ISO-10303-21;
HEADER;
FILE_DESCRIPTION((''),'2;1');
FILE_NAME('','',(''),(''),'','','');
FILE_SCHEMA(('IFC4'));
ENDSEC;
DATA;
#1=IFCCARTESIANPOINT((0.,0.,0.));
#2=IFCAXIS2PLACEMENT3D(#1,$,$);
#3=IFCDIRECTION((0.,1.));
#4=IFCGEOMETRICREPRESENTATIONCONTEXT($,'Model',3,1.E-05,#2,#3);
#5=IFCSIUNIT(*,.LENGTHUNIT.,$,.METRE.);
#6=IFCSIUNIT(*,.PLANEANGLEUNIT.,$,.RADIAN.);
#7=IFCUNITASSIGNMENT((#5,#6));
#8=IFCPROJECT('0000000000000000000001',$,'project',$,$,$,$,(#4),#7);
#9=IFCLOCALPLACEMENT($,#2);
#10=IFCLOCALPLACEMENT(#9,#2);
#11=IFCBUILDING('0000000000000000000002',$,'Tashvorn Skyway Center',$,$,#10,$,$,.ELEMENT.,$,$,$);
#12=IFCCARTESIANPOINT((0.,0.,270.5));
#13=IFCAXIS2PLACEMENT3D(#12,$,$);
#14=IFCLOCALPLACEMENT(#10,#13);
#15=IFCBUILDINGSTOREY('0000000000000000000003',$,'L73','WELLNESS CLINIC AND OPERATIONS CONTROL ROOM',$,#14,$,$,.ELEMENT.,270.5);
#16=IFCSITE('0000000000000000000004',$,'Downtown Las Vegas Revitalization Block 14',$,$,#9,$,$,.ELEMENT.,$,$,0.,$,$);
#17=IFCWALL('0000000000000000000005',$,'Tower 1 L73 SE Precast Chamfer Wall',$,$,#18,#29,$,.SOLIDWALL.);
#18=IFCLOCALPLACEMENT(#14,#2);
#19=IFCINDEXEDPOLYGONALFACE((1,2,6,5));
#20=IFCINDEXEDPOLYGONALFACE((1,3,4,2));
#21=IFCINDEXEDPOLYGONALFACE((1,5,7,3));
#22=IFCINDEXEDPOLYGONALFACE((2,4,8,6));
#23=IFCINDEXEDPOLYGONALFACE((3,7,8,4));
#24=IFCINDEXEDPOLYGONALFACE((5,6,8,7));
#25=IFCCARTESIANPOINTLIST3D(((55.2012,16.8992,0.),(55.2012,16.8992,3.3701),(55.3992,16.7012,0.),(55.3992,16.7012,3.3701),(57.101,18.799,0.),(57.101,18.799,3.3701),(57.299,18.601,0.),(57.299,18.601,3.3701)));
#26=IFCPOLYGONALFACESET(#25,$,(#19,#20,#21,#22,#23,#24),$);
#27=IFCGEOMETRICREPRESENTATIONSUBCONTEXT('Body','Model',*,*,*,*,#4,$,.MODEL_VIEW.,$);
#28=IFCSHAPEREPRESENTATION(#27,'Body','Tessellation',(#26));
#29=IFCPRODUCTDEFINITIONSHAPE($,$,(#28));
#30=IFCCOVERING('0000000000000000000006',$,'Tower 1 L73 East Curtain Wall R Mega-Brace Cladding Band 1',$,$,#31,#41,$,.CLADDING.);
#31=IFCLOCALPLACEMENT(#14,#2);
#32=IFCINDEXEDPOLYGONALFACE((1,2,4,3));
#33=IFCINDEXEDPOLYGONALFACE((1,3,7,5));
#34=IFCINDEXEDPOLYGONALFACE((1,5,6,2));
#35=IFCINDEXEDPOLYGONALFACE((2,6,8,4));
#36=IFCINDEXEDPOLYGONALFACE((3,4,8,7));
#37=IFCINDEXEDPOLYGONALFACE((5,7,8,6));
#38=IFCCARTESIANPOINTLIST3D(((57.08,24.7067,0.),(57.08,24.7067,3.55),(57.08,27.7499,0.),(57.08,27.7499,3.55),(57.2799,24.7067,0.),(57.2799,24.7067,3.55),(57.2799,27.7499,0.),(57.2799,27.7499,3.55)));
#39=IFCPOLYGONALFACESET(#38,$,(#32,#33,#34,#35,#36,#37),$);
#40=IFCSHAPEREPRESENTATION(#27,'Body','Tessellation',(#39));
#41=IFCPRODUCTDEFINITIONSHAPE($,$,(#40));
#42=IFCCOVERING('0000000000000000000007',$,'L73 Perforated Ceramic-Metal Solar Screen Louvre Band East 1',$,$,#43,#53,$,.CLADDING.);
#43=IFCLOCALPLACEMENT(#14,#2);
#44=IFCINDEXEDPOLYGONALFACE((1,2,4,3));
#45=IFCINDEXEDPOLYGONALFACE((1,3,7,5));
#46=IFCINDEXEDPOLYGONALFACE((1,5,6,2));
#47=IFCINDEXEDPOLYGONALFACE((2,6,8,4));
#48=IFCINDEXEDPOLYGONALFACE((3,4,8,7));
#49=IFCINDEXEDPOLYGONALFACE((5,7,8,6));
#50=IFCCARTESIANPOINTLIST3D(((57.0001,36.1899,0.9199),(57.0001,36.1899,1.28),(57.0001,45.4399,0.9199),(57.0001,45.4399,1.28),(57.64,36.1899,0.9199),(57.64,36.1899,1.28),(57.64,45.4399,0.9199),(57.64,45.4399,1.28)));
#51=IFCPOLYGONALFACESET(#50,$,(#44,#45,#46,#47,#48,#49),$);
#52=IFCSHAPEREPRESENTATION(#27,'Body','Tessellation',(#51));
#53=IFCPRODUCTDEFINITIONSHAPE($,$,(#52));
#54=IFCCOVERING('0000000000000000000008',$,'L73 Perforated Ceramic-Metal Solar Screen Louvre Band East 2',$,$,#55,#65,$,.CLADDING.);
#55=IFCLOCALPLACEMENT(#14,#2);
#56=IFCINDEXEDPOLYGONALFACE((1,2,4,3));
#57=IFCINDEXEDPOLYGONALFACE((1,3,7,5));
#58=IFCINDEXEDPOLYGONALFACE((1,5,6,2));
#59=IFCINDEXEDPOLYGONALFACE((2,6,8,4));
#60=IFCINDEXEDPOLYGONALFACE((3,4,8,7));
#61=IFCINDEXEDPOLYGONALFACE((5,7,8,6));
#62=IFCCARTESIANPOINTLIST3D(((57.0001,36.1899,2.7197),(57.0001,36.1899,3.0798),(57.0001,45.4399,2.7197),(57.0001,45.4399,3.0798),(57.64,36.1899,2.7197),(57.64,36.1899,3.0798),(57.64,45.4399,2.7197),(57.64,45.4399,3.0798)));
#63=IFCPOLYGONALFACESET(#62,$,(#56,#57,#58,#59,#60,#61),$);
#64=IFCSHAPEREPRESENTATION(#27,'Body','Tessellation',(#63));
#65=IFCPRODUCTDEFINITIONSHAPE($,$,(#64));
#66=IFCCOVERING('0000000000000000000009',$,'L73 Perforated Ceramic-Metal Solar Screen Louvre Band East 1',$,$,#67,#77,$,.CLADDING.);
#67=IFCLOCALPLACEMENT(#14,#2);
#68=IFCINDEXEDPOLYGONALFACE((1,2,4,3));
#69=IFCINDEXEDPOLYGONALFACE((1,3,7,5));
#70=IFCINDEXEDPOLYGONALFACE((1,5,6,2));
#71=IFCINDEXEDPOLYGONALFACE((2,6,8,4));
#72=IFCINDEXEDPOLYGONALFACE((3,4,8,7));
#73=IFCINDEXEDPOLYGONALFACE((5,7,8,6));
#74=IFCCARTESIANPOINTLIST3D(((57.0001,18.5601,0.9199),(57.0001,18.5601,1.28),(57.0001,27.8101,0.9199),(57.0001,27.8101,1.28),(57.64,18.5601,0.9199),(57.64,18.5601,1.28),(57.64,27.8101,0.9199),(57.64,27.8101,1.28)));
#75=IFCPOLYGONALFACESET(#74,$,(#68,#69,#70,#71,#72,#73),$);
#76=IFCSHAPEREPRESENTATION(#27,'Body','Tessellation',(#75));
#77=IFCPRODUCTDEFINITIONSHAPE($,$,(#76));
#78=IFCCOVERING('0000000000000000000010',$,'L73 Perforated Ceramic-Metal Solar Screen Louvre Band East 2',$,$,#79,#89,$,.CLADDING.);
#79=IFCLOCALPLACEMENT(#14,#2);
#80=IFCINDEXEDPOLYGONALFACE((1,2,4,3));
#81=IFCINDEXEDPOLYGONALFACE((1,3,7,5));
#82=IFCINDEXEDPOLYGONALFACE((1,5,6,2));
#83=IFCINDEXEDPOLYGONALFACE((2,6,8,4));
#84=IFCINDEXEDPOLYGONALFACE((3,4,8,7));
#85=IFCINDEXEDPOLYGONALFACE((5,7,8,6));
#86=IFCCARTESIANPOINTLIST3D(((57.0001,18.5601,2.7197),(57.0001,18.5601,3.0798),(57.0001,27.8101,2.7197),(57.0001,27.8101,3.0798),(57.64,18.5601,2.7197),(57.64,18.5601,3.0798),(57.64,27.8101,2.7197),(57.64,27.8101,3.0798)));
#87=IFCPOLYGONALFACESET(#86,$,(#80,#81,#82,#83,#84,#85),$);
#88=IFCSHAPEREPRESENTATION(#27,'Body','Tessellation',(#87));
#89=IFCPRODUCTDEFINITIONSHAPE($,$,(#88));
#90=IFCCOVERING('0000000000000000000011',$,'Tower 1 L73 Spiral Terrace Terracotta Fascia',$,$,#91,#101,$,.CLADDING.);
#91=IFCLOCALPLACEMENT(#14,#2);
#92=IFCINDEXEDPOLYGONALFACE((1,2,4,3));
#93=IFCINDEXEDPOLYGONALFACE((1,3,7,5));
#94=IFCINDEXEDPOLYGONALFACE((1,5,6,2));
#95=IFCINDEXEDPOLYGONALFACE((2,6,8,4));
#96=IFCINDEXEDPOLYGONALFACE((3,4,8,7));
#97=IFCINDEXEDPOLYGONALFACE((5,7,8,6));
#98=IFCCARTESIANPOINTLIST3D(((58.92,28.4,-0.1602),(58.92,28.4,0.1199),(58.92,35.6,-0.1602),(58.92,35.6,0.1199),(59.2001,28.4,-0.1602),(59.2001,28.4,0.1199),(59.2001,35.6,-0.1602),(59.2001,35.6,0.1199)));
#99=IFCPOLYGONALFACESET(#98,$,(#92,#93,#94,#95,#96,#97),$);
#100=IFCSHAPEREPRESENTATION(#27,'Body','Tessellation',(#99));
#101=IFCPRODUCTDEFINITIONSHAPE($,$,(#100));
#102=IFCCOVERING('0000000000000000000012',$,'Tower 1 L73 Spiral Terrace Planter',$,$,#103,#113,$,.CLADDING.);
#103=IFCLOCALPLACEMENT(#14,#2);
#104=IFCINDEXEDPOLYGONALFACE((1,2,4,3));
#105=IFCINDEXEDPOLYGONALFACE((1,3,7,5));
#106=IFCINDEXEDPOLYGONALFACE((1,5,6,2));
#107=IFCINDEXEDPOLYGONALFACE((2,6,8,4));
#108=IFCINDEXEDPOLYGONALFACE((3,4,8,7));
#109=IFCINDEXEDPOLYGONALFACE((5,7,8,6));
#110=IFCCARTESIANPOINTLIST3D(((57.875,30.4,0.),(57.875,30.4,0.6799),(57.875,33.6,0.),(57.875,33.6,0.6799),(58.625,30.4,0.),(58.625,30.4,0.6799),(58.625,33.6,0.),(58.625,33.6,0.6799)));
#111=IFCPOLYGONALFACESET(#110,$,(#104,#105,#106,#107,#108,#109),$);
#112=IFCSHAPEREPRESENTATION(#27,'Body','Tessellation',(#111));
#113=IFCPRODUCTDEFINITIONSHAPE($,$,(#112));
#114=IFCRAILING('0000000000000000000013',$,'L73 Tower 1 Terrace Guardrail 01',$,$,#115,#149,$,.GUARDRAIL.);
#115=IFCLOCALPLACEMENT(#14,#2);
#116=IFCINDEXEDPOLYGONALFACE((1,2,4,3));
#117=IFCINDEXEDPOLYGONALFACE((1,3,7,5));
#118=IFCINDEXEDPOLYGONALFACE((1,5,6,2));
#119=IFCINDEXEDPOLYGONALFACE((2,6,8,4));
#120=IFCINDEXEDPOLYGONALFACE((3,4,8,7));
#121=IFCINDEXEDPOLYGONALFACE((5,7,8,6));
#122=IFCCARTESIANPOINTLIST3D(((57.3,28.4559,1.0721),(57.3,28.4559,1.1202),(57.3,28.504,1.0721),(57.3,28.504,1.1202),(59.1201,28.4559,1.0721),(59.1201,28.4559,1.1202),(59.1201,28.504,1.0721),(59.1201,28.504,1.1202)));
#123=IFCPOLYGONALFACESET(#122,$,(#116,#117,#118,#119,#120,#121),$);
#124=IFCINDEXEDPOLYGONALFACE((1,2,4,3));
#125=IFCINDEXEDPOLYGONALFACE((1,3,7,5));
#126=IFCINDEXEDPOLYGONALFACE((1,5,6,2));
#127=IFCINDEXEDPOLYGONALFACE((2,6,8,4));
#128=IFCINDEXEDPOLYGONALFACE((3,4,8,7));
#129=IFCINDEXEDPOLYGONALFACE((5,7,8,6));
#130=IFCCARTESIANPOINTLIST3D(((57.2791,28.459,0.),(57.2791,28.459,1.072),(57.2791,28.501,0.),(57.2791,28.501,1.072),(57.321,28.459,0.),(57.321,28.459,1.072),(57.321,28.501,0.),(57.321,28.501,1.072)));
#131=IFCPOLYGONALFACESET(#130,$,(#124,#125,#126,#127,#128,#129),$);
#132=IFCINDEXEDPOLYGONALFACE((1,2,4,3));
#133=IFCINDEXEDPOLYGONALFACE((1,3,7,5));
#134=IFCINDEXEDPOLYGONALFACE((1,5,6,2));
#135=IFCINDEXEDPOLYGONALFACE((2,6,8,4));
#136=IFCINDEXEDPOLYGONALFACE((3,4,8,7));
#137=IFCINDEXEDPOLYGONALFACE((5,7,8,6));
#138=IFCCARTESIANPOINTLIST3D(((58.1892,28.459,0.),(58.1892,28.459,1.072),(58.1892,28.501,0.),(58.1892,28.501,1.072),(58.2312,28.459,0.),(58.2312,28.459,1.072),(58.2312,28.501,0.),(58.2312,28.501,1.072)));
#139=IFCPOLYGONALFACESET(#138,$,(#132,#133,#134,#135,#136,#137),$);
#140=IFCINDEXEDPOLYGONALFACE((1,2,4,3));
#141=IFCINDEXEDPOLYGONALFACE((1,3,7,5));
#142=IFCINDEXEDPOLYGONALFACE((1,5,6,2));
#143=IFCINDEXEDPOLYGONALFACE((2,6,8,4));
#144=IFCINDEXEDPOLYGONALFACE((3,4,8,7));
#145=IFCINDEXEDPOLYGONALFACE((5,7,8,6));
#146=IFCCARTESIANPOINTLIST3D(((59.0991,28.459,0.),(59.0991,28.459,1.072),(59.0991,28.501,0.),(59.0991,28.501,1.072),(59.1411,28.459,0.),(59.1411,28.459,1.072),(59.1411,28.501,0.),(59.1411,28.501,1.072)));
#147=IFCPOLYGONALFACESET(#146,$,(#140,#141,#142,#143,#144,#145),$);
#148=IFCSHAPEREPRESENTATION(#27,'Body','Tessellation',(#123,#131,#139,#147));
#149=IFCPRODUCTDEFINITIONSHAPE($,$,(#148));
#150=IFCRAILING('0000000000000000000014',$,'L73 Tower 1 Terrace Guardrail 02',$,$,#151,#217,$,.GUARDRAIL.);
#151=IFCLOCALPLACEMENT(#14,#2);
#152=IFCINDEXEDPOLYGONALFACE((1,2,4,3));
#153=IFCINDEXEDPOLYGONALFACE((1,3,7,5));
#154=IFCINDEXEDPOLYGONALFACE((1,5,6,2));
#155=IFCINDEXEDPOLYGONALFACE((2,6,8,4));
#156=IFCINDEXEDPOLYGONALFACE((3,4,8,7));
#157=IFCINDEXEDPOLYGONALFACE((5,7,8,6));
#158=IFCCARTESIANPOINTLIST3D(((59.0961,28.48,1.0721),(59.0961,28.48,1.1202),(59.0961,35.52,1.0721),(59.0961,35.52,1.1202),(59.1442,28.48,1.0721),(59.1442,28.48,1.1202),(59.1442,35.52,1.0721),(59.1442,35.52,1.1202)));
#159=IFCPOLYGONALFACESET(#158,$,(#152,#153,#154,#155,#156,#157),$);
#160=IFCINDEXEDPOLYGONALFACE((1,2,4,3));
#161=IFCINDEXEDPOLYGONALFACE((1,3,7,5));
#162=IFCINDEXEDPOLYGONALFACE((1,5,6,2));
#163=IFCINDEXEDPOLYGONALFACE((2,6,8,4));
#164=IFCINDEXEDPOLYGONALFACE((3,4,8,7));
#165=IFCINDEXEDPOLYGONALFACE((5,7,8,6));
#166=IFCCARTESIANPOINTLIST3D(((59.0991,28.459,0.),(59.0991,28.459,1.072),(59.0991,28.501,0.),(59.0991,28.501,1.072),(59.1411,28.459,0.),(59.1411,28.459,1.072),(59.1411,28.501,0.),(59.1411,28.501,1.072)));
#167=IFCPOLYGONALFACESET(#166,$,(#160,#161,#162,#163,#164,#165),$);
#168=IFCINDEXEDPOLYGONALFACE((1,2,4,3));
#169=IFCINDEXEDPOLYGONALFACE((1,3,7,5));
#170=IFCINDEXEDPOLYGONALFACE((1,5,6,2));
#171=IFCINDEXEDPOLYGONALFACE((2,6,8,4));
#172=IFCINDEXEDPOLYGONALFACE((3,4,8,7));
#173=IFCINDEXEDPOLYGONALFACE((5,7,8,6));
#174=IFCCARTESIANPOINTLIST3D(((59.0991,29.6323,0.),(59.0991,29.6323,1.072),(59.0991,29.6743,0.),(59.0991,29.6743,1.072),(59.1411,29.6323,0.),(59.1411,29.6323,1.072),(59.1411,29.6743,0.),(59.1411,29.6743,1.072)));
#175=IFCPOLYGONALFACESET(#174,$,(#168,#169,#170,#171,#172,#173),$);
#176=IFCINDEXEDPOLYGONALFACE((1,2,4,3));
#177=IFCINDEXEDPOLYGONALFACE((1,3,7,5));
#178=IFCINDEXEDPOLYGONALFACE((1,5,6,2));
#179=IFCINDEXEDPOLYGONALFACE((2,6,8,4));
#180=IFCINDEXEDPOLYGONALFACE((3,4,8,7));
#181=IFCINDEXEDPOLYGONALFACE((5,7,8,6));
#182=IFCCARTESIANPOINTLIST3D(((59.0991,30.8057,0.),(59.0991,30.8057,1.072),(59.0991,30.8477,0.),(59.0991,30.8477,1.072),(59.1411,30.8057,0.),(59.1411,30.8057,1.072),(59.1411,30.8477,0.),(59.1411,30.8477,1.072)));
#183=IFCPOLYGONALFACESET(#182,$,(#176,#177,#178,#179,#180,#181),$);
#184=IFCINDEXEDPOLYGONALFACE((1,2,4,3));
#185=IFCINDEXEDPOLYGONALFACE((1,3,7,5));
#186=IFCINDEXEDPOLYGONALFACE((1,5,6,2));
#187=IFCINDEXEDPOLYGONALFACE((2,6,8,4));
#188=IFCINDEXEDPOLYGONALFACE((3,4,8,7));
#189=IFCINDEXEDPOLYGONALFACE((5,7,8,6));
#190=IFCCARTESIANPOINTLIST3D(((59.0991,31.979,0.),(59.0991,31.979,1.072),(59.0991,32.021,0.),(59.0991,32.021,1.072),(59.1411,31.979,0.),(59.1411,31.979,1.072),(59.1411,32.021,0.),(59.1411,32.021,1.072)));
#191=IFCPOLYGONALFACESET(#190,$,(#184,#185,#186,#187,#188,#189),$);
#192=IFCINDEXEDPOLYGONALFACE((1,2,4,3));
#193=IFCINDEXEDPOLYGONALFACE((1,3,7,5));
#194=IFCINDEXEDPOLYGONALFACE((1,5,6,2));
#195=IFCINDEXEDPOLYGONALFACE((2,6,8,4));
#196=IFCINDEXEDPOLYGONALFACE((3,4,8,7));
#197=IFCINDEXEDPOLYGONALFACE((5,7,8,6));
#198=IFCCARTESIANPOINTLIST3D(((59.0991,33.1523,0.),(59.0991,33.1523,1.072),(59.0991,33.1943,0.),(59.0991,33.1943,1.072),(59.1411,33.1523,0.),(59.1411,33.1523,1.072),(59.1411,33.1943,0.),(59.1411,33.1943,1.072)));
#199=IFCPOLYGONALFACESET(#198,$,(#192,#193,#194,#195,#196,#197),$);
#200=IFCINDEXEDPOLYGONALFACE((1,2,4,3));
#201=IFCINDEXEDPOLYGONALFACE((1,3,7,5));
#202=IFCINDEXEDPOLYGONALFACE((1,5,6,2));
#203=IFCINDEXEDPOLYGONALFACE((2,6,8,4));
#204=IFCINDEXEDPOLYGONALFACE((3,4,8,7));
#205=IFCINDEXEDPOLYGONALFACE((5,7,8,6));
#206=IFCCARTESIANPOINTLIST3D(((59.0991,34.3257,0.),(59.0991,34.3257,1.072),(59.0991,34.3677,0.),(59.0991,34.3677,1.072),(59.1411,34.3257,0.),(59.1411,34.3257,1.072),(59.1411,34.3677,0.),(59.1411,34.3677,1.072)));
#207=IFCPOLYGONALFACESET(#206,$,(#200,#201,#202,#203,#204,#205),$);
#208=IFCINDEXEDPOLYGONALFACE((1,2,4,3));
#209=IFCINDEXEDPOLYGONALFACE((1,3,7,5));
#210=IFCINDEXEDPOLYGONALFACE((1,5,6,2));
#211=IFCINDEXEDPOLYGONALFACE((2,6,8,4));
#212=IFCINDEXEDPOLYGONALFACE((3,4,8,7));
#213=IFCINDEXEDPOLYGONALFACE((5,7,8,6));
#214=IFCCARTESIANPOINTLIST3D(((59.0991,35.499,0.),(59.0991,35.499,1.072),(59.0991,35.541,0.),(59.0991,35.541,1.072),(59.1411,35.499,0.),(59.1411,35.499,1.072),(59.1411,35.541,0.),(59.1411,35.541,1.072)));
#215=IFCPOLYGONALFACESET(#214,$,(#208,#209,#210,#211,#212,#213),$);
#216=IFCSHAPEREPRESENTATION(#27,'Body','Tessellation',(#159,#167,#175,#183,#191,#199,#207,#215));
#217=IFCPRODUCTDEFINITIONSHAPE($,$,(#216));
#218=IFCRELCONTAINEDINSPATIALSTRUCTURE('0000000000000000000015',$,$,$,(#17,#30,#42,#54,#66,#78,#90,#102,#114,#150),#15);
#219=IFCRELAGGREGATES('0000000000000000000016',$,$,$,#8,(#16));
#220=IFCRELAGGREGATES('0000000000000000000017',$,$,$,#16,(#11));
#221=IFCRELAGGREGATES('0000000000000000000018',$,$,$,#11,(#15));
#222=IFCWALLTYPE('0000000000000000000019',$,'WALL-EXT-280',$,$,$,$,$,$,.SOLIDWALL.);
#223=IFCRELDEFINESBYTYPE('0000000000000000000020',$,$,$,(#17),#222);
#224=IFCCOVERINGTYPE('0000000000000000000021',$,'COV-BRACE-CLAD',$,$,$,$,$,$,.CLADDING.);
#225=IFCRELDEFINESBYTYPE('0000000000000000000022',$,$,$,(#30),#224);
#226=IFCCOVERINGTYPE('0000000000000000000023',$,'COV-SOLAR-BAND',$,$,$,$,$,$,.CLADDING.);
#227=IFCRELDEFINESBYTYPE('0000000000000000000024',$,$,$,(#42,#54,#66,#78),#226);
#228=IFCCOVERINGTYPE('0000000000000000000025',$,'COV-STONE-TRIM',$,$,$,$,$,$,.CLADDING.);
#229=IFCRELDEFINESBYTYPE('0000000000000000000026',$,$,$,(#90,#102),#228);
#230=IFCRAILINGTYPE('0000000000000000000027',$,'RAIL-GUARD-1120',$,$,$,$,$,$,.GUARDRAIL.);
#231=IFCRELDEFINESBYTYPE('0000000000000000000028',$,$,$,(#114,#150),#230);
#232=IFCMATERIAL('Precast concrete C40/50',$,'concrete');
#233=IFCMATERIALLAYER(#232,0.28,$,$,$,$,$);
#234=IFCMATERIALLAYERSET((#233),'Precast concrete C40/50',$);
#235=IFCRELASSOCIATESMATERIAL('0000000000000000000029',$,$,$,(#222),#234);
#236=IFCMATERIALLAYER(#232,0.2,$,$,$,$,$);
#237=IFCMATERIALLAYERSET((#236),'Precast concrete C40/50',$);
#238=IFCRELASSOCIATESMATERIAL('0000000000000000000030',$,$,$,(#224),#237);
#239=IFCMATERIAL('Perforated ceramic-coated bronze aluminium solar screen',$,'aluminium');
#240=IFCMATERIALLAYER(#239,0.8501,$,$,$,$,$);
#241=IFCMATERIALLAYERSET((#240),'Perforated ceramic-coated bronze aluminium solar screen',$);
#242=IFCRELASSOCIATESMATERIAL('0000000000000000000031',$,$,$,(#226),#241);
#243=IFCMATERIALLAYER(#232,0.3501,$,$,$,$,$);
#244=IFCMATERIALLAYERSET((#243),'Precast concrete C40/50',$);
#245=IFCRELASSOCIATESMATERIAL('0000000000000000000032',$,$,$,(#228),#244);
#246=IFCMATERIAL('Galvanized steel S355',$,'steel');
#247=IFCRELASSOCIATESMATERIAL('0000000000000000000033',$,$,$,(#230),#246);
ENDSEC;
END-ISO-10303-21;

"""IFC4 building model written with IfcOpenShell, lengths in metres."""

from ifc_helpers import new_model, si_unit, direction, frame, frame_2d, origin, origin_2d, place, context, subcontext, project, spatial, rectangle, extrude, material, layer, layer_set, type_object, element, save


model = new_model("IFC4")

# Units and contexts
model_context = context("Model", 3, precision=1e-05, world=origin(), true_north=direction((0.0, 1.0)))
body_context = subcontext(model_context, "Body", "Model", "MODEL_VIEW")
ifc_project = project(units=[si_unit("LENGTHUNIT", "METRE"), si_unit("PLANEANGLEUNIT", "RADIAN")], contexts=[model_context])

# Site, building, storey
site_placement = place(None, origin())
site = spatial("IfcSite", under=ifc_project, at=site_placement, Name="Downtown Las Vegas Revitalization Block 14", CompositionType="ELEMENT", RefElevation=0.0)
building_placement = place(site_placement, origin())
building = spatial("IfcBuilding", under=site, at=building_placement, Name="Tashvorn Skyway Center", CompositionType="ELEMENT")
storey_placement = place(building_placement, frame((0.0, 0.0, 270.5)))
storey = spatial("IfcBuildingStorey", under=building, at=storey_placement, Name="L73", Description="WELLNESS CLINIC AND OPERATIONS CONTROL ROOM", CompositionType="ELEMENT", Elevation=270.5)

# Shared definitions
ifc_material_1 = material(Name="Perforated ceramic-coated bronze aluminium solar screen", Category="aluminium")

# Shared definitions
ifc_material_2 = material(Name="Precast concrete C40/50", Category="concrete")
ifc_layer_1 = layer(ifc_material_2, 0.28)
ifc_layer_set_1 = layer_set([ifc_layer_1], Name="Precast concrete C40/50")
wall_type = type_object("IfcWallType", Name="WALL-EXT-280", PredefinedType="SOLIDWALL", material=ifc_layer_set_1)

# Wall
wall_1_placement = place(storey_placement, frame((57.2, 18.7, 0.0), z_axis=(0.0, 0.0, 1.0), x_axis=(-0.707107, -0.707107, 0.0)))
element("IfcWall", 1, at=wall_1_placement, inside=storey, type_object=wall_type, Name="Tower 1 L73 SE Precast Chamfer Wall", PredefinedType="SOLIDWALL", context=body_context, shape_type="SweptSolid", body=[
    extrude(rectangle(XDim=2.6868, YDim=0.28, at=frame_2d((1.3433, 0.0))), origin(), (0.0, 0.0, 1.0), 3.3701),
])

# Coverings
ifc_layer_2 = layer(ifc_material_2, 0.2)
ifc_layer_set_2 = layer_set([ifc_layer_2], Name="Precast concrete C40/50")
covering_type_1 = type_object("IfcCoveringType", Name="COV-BRACE-CLAD", PredefinedType="CLADDING", material=ifc_layer_set_2)
covering_1_placement = place(storey_placement, frame((57.1799, 26.2283, 0.0), z_axis=(0.0, 0.0, 1.0), x_axis=(0.0, -1.0, 0.0)))
element("IfcCovering", 2, at=covering_1_placement, inside=storey, type_object=covering_type_1, Name="Tower 1 L73 East Curtain Wall R Mega-Brace Cladding Band 1", PredefinedType="CLADDING", context=body_context, shape_type="SweptSolid", body=[
    extrude(rectangle(XDim=3.0432, YDim=0.2, at=origin_2d()), origin(), (0.0, 0.0, 1.0), 3.55),
])
ifc_layer_3 = layer(ifc_material_1, 0.8501)
ifc_layer_set_3 = layer_set([ifc_layer_3], Name="Perforated ceramic-coated bronze aluminium solar screen")
covering_type_2 = type_object("IfcCoveringType", Name="COV-SOLAR-BAND", PredefinedType="CLADDING", material=ifc_layer_set_3)
for number, where, z_axis, x_axis, name in (
    (3, (57.3201, 40.8149, 0.9199), (0.0, 0.0, 1.0), (0.0, -1.0, 0.0), "L73 Perforated Ceramic-Metal Solar Screen Louvre Band East 1"),
    (4, (57.3201, 40.8149, 2.7197), (0.0, 0.0, 1.0), (0.0, -1.0, 0.0), "L73 Perforated Ceramic-Metal Solar Screen Louvre Band East 2"),
    (5, (57.3201, 23.1851, 0.9199), (0.0, 0.0, 1.0), (0.0, -1.0, 0.0), "L73 Perforated Ceramic-Metal Solar Screen Louvre Band East 1"),
    (6, (57.3201, 23.1851, 2.7197), (0.0, 0.0, 1.0), (0.0, -1.0, 0.0), "L73 Perforated Ceramic-Metal Solar Screen Louvre Band East 2"),
):
    element("IfcCovering", number, at=place(storey_placement, frame(where, z_axis=z_axis, x_axis=x_axis)), inside=storey, type_object=covering_type_2, Name=name, PredefinedType="CLADDING", context=body_context, shape_type="SweptSolid", body=[
        extrude(rectangle(XDim=9.25, YDim=0.6399, at=origin_2d()), origin(), (0.0, 0.0, 1.0), 0.3601),
    ])
ifc_layer_4 = layer(ifc_material_2, 0.3501)
ifc_layer_set_4 = layer_set([ifc_layer_4], Name="Precast concrete C40/50")
covering_type_3 = type_object("IfcCoveringType", Name="COV-STONE-TRIM", PredefinedType="CLADDING", material=ifc_layer_set_4)
covering_2_placement = place(storey_placement, frame((59.0601, 32.0, -0.1602), z_axis=(0.0, 0.0, 1.0), x_axis=(0.0, -1.0, 0.0)))
element("IfcCovering", 7, at=covering_2_placement, inside=storey, type_object=covering_type_3, Name="Tower 1 L73 Spiral Terrace Terracotta Fascia", PredefinedType="CLADDING", context=body_context, shape_type="SweptSolid", body=[
    extrude(rectangle(XDim=7.2, YDim=0.28, at=origin_2d()), origin(), (0.0, 0.0, 1.0), 0.28),
])
covering_3_placement = place(storey_placement, frame((58.25, 32.0, 0.0), z_axis=(0.0, 0.0, 1.0), x_axis=(0.0, -1.0, 0.0)))
element("IfcCovering", 8, at=covering_3_placement, inside=storey, type_object=covering_type_3, Name="Tower 1 L73 Spiral Terrace Planter", PredefinedType="CLADDING", context=body_context, shape_type="SweptSolid", body=[
    extrude(rectangle(XDim=3.2, YDim=0.75, at=origin_2d()), origin(), (0.0, 0.0, 1.0), 0.6799),
])

# Railings
ifc_material_3 = material(Name="Galvanized steel S355", Category="steel")
railing_type = type_object("IfcRailingType", Name="RAIL-GUARD-1120", PredefinedType="GUARDRAIL", material=ifc_material_3)
railing_1_placement = place(storey_placement, frame((57.3, 28.48, 0.0)))
element("IfcRailing", 9, at=railing_1_placement, inside=storey, type_object=railing_type, Name="L73 Tower 1 Terrace Guardrail 01", PredefinedType="GUARDRAIL", context=body_context, shape_type="SweptSolid", body=[
    extrude(rectangle(XDim=0.0481, YDim=0.0481, at=origin_2d()), frame((0.0, 0.0, 1.0962), z_axis=(1.0, 0.0, 0.0), x_axis=(0.0, 1.0, 0.0)), (0.0, 0.0, 1.0), 1.8201),
    extrude(rectangle(XDim=0.042, YDim=0.042, at=origin_2d()), origin(), (0.0, 0.0, 1.0), 1.072),
    extrude(rectangle(XDim=0.042, YDim=0.042, at=origin_2d()), frame((0.9102, 0.0, 0.0)), (0.0, 0.0, 1.0), 1.072),
    extrude(rectangle(XDim=0.042, YDim=0.042, at=origin_2d()), frame((1.8201, 0.0, 0.0)), (0.0, 0.0, 1.0), 1.072),
])
railing_2_placement = place(storey_placement, frame((59.1201, 28.48, 0.0)))
element("IfcRailing", 10, at=railing_2_placement, inside=storey, type_object=railing_type, Name="L73 Tower 1 Terrace Guardrail 02", PredefinedType="GUARDRAIL", context=body_context, shape_type="SweptSolid", body=[
    extrude(rectangle(XDim=0.0481, YDim=0.0481, at=origin_2d()), frame((0.0, 0.0, 1.0962), z_axis=(0.0, 1.0, 0.0), x_axis=(-1.0, 0.0, 0.0)), (0.0, 0.0, 1.0), 7.04),
    extrude(rectangle(XDim=0.042, YDim=0.042, at=origin_2d()), origin(), (0.0, 0.0, 1.0), 1.072),
    extrude(rectangle(XDim=0.042, YDim=0.042, at=origin_2d()), frame((0.0, 1.1733, 0.0)), (0.0, 0.0, 1.0), 1.072),
    extrude(rectangle(XDim=0.042, YDim=0.042, at=origin_2d()), frame((0.0, 2.3467, 0.0)), (0.0, 0.0, 1.0), 1.072),
    extrude(rectangle(XDim=0.042, YDim=0.042, at=origin_2d()), frame((0.0, 3.52, 0.0)), (0.0, 0.0, 1.0), 1.072),
    extrude(rectangle(XDim=0.042, YDim=0.042, at=origin_2d()), frame((0.0, 4.6934, 0.0)), (0.0, 0.0, 1.0), 1.072),
    extrude(rectangle(XDim=0.042, YDim=0.042, at=origin_2d()), frame((0.0, 5.8667, 0.0)), (0.0, 0.0, 1.0), 1.072),
    extrude(rectangle(XDim=0.042, YDim=0.042, at=origin_2d()), frame((0.0, 7.04, 0.0)), (0.0, 0.0, 1.0), 1.072),
])

save(model, "model.ifc")
